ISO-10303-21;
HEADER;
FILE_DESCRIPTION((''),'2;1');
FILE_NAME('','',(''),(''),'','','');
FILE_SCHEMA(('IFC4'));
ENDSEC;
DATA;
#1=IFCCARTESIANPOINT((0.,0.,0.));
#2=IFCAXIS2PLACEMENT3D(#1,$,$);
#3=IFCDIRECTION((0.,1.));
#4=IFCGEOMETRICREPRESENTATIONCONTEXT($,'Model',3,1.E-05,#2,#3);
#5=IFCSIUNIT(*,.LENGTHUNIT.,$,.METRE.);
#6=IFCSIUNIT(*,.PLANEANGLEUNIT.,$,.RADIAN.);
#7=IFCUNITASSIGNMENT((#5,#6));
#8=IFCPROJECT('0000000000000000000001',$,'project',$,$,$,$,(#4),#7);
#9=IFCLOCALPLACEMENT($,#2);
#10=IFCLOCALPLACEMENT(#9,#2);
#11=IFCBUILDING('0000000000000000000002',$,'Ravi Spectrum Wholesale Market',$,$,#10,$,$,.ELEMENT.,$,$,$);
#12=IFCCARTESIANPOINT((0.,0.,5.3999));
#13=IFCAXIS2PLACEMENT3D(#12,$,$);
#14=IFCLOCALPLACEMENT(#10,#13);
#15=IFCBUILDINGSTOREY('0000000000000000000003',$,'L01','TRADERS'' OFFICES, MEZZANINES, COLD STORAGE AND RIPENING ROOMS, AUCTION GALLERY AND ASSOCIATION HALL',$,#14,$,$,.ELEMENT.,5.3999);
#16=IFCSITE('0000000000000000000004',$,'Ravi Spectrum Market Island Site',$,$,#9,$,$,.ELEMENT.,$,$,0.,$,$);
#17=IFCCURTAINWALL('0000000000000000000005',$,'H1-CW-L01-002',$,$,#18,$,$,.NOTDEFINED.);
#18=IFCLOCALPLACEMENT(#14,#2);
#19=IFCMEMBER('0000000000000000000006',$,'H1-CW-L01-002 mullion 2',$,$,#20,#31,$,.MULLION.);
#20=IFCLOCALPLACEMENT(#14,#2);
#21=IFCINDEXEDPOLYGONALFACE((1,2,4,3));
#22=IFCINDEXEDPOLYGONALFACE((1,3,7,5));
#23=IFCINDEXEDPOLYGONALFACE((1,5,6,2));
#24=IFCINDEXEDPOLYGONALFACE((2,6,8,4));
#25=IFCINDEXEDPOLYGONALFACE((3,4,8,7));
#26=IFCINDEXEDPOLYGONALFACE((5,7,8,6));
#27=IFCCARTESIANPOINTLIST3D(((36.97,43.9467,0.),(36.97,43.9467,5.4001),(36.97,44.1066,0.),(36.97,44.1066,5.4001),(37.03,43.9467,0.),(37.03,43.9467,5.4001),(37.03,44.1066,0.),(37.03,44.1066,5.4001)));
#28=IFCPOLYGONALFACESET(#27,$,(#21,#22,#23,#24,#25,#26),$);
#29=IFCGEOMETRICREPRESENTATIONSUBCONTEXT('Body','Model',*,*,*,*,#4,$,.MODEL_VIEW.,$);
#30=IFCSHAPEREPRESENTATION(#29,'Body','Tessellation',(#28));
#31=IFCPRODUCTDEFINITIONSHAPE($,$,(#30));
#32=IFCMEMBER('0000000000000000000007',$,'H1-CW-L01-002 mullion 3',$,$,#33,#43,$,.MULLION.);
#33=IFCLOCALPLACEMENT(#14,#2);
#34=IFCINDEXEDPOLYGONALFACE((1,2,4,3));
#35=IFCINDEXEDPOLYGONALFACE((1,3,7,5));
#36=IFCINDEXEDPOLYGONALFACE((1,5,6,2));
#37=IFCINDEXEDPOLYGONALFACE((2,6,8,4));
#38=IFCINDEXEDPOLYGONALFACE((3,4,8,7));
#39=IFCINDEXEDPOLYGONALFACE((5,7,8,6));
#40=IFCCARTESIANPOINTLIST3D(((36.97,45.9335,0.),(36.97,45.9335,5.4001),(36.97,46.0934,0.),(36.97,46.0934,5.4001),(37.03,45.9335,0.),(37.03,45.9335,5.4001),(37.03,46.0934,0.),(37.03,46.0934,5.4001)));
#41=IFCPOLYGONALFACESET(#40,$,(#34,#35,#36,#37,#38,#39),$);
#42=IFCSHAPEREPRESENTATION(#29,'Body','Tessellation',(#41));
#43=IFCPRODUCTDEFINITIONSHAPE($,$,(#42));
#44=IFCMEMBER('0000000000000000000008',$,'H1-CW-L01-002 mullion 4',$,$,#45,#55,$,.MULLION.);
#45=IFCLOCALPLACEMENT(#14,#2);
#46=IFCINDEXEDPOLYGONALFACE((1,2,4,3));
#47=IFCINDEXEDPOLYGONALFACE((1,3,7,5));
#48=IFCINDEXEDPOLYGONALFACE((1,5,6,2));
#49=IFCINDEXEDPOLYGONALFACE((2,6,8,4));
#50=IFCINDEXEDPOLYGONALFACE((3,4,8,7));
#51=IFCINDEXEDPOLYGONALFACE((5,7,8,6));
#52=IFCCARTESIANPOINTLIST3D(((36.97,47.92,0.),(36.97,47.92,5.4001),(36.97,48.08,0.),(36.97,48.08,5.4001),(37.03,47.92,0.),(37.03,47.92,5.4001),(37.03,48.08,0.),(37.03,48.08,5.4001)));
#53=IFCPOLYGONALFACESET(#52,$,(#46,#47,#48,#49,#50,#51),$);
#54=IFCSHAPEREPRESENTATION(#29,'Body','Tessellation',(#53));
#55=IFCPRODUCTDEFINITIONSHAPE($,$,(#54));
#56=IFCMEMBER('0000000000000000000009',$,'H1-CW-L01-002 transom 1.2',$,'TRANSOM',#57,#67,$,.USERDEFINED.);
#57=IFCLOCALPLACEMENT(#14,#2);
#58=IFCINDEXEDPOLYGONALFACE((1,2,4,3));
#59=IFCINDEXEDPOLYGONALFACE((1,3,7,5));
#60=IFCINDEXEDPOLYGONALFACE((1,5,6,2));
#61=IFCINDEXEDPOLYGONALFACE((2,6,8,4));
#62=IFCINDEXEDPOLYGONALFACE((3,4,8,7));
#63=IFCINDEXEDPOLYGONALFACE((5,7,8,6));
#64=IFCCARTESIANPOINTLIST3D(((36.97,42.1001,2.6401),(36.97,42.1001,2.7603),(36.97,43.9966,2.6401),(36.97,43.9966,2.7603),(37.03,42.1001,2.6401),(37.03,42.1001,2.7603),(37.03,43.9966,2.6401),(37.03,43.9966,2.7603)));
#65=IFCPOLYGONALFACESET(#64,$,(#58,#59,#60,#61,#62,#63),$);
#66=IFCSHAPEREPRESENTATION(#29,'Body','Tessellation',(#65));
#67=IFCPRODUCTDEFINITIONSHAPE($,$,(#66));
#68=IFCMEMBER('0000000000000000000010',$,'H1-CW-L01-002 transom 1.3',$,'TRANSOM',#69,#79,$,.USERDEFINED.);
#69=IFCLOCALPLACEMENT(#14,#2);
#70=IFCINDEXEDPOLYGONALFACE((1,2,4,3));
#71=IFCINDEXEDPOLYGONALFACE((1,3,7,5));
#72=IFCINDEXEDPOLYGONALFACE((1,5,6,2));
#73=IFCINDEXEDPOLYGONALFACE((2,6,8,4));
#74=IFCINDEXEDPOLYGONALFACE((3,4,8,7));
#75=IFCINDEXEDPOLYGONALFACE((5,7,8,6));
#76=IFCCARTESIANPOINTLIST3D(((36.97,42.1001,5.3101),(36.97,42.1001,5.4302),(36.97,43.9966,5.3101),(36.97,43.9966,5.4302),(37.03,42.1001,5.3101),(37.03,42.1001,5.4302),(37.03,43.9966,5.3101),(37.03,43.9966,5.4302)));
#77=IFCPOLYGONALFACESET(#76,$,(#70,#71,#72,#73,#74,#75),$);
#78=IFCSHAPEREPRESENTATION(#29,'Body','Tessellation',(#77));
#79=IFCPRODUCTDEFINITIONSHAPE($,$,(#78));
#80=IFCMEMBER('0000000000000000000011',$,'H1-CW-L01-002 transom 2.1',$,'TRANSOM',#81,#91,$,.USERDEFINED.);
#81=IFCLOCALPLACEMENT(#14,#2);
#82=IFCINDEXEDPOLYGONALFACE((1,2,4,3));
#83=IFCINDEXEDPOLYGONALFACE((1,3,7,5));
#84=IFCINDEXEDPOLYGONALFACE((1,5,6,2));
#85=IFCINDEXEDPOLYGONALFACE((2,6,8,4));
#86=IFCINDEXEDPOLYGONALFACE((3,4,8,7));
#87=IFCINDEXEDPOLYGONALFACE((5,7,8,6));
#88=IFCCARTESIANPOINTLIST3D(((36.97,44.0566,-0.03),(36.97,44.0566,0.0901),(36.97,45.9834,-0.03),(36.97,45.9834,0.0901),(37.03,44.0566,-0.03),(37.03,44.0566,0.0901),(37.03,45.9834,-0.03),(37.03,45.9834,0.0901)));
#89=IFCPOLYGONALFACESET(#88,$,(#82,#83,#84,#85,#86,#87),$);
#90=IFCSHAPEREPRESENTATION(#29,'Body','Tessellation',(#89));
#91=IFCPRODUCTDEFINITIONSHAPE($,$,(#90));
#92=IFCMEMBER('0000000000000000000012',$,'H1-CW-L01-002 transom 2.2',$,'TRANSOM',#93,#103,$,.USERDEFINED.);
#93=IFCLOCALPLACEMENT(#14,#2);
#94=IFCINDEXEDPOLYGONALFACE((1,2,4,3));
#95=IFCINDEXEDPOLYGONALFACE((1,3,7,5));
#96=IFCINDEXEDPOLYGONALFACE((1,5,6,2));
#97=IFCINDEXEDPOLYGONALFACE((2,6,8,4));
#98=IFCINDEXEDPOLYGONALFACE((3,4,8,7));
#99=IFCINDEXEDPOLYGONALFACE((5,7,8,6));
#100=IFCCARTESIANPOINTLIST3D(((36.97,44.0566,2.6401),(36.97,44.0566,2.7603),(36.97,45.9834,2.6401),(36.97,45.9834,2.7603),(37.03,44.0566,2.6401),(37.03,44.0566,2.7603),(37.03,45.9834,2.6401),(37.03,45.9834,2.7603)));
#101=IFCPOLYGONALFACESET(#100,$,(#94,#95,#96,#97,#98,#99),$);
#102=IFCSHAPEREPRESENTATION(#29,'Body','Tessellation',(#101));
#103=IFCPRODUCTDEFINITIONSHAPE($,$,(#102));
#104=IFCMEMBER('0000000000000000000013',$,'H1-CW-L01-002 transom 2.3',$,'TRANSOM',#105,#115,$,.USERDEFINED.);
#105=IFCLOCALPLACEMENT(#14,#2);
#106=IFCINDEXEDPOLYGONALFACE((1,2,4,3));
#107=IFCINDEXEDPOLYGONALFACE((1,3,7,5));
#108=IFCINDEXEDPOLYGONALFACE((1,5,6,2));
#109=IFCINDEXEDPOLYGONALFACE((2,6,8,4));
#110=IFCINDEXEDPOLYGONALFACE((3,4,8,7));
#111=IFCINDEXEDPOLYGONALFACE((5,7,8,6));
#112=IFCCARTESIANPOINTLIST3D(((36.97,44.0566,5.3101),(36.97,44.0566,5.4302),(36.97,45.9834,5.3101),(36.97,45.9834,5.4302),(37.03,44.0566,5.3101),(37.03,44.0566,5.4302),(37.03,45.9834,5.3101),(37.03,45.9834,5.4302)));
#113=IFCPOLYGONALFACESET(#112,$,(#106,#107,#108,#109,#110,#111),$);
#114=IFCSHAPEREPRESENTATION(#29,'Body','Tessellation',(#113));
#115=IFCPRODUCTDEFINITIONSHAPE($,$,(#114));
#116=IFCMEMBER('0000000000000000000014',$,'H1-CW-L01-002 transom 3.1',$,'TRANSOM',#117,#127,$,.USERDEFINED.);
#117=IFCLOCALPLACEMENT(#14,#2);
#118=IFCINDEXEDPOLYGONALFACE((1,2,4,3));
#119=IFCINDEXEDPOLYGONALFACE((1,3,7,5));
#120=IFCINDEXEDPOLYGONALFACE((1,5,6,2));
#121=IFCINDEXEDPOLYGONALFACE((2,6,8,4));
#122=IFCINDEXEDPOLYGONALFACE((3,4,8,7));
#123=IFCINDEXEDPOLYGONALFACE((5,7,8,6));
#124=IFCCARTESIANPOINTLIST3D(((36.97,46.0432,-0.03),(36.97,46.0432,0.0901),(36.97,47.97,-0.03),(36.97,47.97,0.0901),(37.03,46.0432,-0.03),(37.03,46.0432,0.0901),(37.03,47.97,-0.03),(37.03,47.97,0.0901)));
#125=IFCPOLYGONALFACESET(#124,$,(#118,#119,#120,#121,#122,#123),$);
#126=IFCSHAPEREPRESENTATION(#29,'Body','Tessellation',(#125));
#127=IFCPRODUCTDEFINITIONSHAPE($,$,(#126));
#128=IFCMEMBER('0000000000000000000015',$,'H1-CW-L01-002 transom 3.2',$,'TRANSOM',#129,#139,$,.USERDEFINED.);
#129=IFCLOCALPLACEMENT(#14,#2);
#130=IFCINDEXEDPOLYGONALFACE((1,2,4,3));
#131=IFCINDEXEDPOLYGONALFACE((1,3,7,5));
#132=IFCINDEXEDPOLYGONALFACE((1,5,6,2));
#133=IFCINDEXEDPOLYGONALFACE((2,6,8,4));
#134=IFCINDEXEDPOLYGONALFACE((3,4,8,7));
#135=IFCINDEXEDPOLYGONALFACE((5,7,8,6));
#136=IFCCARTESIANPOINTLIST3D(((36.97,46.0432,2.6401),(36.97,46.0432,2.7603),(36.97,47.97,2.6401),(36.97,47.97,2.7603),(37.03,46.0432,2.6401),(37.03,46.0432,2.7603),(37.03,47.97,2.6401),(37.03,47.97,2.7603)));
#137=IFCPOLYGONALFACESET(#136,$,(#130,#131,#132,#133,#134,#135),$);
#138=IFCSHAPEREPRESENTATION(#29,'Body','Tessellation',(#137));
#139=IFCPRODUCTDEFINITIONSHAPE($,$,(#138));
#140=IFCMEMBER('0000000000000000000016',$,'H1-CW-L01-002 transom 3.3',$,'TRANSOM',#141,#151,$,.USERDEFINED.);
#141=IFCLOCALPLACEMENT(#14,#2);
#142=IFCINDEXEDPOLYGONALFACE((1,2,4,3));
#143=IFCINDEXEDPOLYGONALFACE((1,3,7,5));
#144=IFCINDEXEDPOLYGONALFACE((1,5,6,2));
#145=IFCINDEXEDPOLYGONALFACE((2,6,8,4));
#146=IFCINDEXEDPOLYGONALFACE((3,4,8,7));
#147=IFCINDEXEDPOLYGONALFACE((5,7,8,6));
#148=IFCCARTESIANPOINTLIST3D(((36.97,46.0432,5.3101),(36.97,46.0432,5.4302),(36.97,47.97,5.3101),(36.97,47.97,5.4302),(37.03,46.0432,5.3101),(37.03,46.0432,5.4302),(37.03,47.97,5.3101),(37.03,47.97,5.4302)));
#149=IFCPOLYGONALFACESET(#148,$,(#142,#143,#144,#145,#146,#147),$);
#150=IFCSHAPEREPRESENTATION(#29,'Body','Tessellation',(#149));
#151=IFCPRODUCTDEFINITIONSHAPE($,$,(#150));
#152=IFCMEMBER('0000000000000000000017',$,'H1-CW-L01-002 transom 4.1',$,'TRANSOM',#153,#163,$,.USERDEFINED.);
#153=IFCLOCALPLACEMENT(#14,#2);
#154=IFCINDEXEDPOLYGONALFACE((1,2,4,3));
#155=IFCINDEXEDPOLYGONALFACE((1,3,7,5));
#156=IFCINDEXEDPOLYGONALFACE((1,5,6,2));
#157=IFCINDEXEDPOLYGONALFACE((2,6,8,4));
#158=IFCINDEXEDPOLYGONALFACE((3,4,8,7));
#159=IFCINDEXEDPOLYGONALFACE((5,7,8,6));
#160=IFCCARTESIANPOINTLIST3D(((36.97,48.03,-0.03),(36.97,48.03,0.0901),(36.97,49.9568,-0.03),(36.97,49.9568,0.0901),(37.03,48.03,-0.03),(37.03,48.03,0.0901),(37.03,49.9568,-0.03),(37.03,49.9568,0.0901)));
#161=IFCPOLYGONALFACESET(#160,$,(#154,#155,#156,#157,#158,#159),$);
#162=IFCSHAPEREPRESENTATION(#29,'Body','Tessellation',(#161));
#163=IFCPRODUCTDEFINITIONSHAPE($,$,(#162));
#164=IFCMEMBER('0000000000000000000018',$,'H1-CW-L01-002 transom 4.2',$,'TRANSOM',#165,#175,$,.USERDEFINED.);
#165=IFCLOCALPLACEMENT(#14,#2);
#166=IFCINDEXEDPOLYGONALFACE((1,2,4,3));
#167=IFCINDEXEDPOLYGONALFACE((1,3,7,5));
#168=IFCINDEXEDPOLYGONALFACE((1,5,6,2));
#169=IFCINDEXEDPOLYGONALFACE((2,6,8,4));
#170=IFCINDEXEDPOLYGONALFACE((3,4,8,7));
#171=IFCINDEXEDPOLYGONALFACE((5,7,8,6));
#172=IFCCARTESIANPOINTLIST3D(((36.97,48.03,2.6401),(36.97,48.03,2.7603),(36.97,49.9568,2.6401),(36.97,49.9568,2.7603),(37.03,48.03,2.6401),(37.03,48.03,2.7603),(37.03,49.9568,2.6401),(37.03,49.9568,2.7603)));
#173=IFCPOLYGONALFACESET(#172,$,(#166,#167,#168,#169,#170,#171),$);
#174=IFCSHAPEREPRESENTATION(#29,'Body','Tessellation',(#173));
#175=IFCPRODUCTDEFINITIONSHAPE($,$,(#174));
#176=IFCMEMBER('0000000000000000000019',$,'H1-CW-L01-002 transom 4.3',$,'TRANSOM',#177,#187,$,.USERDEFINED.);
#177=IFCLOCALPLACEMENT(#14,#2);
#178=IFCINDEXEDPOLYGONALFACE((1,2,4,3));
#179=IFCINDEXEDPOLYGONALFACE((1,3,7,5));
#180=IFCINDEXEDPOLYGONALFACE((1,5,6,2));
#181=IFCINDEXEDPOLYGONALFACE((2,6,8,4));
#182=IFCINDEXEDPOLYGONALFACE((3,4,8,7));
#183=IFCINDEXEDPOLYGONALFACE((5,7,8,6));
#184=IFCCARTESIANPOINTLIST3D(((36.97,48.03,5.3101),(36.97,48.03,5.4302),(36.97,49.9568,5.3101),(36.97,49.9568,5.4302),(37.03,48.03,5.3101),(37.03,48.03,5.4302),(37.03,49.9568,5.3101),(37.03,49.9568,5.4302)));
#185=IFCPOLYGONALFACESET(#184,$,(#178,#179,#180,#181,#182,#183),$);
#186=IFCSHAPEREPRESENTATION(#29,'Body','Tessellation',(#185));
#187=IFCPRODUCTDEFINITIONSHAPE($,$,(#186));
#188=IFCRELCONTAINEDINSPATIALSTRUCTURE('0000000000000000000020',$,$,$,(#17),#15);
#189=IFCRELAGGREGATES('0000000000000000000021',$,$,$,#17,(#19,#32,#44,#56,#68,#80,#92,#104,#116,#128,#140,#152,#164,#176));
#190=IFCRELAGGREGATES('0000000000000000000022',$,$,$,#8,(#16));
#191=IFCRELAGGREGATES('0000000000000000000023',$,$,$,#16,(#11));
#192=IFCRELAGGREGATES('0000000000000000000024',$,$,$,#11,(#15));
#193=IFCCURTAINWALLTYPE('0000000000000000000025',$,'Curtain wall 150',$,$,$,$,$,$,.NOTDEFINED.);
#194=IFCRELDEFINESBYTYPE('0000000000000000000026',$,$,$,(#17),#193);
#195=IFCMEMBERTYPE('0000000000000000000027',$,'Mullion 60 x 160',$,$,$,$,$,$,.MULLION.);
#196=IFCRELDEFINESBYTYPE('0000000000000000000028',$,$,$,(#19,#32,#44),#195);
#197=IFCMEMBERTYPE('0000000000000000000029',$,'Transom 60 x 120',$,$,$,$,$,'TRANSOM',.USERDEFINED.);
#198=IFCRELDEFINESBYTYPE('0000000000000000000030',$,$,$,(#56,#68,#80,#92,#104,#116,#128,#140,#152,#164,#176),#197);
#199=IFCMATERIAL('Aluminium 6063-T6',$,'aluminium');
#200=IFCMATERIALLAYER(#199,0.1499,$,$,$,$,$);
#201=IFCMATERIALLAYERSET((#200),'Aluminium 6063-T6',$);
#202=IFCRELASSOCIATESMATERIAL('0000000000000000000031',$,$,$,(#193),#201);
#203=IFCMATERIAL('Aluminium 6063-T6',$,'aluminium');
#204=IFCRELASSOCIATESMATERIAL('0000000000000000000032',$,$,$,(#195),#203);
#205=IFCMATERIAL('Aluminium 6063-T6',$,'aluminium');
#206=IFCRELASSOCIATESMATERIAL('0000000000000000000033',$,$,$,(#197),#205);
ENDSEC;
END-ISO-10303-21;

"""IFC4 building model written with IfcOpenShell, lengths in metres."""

from ifc_helpers import new_model, si_unit, direction, frame, origin, origin_2d, place, context, subcontext, project, spatial, rectangle, extrude, material, layer, layer_set, material_profile, profile_set, type_object, element, aggregate, save


model = new_model("IFC4")

# Units and contexts
model_context = context("Model", 3, precision=1e-05, world=origin(), true_north=direction((0.0, 1.0)))
body_context = subcontext(model_context, "Body", "Model", "MODEL_VIEW")
ifc_project = project(units=[si_unit("LENGTHUNIT", "METRE"), si_unit("PLANEANGLEUNIT", "RADIAN")], contexts=[model_context])

# Site, building, storey
site_placement = place(None, origin())
site = spatial("IfcSite", under=ifc_project, at=site_placement, Name="Ravi Spectrum Market Island Site", CompositionType="ELEMENT", RefElevation=0.0)
building_placement = place(site_placement, origin())
building = spatial("IfcBuilding", under=site, at=building_placement, Name="Ravi Spectrum Wholesale Market", CompositionType="ELEMENT")
storey_placement = place(building_placement, frame((0.0, 0.0, 5.3999)))
storey = spatial("IfcBuildingStorey", under=building, at=storey_placement, Name="L01", Description="TRADERS' OFFICES, MEZZANINES, COLD STORAGE AND RIPENING ROOMS, AUCTION GALLERY AND ASSOCIATION HALL", CompositionType="ELEMENT", Elevation=5.3999)

# Curtain wall, members
ifc_material_1 = material(Name="Aluminium 6063-T6", Category="aluminium")
ifc_layer_1 = layer(ifc_material_1, 0.1499)
ifc_layer_set_1 = layer_set([ifc_layer_1], Name="Aluminium 6063-T6")
curtain_wall_type = type_object("IfcCurtainWallType", Name="Curtain wall 150", PredefinedType="NOTDEFINED", material=ifc_layer_set_1)
curtain_wall_placement = place(storey_placement, origin())
curtain_wall = element("IfcCurtainWall", 1, at=curtain_wall_placement, inside=storey, type_object=curtain_wall_type, Name="H1-CW-L01-002", PredefinedType="NOTDEFINED")
ifc_material_2 = material(Name="Aluminium 6063-T6", Category="aluminium")
ifc_material_profile_1 = material_profile(ifc_material_2, rectangle(XDim=0.0601, YDim=0.1599, at=origin_2d()))
ifc_profile_set_1 = profile_set([ifc_material_profile_1], Name="Aluminium 6063-T6")
member_type_1 = type_object("IfcMemberType", Name="Mullion 60 x 160", PredefinedType="MULLION", material=ifc_profile_set_1)
member_1_placement = place(storey_placement, frame((37.0, 44.0266, 0.0), z_axis=(0.0, 0.0, 1.0), x_axis=(-1.0, 0.0, 0.0)))
member_1 = element("IfcMember", 2, at=member_1_placement, type_object=member_type_1, Name="H1-CW-L01-002 mullion 2", PredefinedType="MULLION", context=body_context, shape_type="SweptSolid", body=[
    extrude(rectangle(XDim=0.0601, YDim=0.1599, at=origin_2d()), origin(), (0.0, 0.0, 1.0), 5.4001),
])
member_2_placement = place(storey_placement, frame((37.0, 46.0134, 0.0), z_axis=(0.0, 0.0, 1.0), x_axis=(-1.0, 0.0, 0.0)))
member_2 = element("IfcMember", 3, at=member_2_placement, type_object=member_type_1, Name="H1-CW-L01-002 mullion 3", PredefinedType="MULLION", context=body_context, shape_type="SweptSolid", body=[
    extrude(rectangle(XDim=0.0601, YDim=0.1599, at=origin_2d()), origin(), (0.0, 0.0, 1.0), 5.4001),
])
member_3_placement = place(storey_placement, frame((37.0, 48.0, 0.0), z_axis=(0.0, 0.0, 1.0), x_axis=(-1.0, 0.0, 0.0)))
member_3 = element("IfcMember", 4, at=member_3_placement, type_object=member_type_1, Name="H1-CW-L01-002 mullion 4", PredefinedType="MULLION", context=body_context, shape_type="SweptSolid", body=[
    extrude(rectangle(XDim=0.0601, YDim=0.1599, at=origin_2d()), origin(), (0.0, 0.0, 1.0), 5.4001),
])
ifc_material_3 = material(Name="Aluminium 6063-T6", Category="aluminium")
ifc_material_profile_2 = material_profile(ifc_material_3, rectangle(XDim=0.0601, YDim=0.1201, at=origin_2d()))
ifc_profile_set_2 = profile_set([ifc_material_profile_2], Name="Aluminium 6063-T6")
member_type_2 = type_object("IfcMemberType", Name="Transom 60 x 120", ElementType="TRANSOM", PredefinedType="USERDEFINED", material=ifc_profile_set_2)
member_4_placement = place(storey_placement, frame((37.0, 42.1001, 2.7002), z_axis=(0.0, 1.0, 0.0), x_axis=(-1.0, 0.0, 0.0)))
member_4 = element("IfcMember", 5, at=member_4_placement, type_object=member_type_2, Name="H1-CW-L01-002 transom 1.2", ObjectType="TRANSOM", PredefinedType="USERDEFINED", context=body_context, shape_type="SweptSolid", body=[
    extrude(rectangle(XDim=0.0601, YDim=0.1201, at=origin_2d()), origin(), (0.0, 0.0, 1.0), 1.8965),
])
member_5_placement = place(storey_placement, frame((37.0, 42.1001, 5.3701), z_axis=(0.0, 1.0, 0.0), x_axis=(-1.0, 0.0, 0.0)))
member_5 = element("IfcMember", 6, at=member_5_placement, type_object=member_type_2, Name="H1-CW-L01-002 transom 1.3", ObjectType="TRANSOM", PredefinedType="USERDEFINED", context=body_context, shape_type="SweptSolid", body=[
    extrude(rectangle(XDim=0.0601, YDim=0.1201, at=origin_2d()), origin(), (0.0, 0.0, 1.0), 1.8965),
])
member_6_placement = place(storey_placement, frame((37.0, 44.0566, 0.03), z_axis=(0.0, 1.0, 0.0), x_axis=(-1.0, 0.0, 0.0)))
member_6 = element("IfcMember", 7, at=member_6_placement, type_object=member_type_2, Name="H1-CW-L01-002 transom 2.1", ObjectType="TRANSOM", PredefinedType="USERDEFINED", context=body_context, shape_type="SweptSolid", body=[
    extrude(rectangle(XDim=0.0601, YDim=0.1201, at=origin_2d()), origin(), (0.0, 0.0, 1.0), 1.9268),
])
member_7_placement = place(storey_placement, frame((37.0, 44.0566, 2.7002), z_axis=(0.0, 1.0, 0.0), x_axis=(-1.0, 0.0, 0.0)))
member_7 = element("IfcMember", 8, at=member_7_placement, type_object=member_type_2, Name="H1-CW-L01-002 transom 2.2", ObjectType="TRANSOM", PredefinedType="USERDEFINED", context=body_context, shape_type="SweptSolid", body=[
    extrude(rectangle(XDim=0.0601, YDim=0.1201, at=origin_2d()), origin(), (0.0, 0.0, 1.0), 1.9268),
])
member_8_placement = place(storey_placement, frame((37.0, 44.0566, 5.3701), z_axis=(0.0, 1.0, 0.0), x_axis=(-1.0, 0.0, 0.0)))
member_8 = element("IfcMember", 9, at=member_8_placement, type_object=member_type_2, Name="H1-CW-L01-002 transom 2.3", ObjectType="TRANSOM", PredefinedType="USERDEFINED", context=body_context, shape_type="SweptSolid", body=[
    extrude(rectangle(XDim=0.0601, YDim=0.1201, at=origin_2d()), origin(), (0.0, 0.0, 1.0), 1.9268),
])
member_9_placement = place(storey_placement, frame((37.0, 46.0432, 0.03), z_axis=(0.0, 1.0, 0.0), x_axis=(-1.0, 0.0, 0.0)))
member_9 = element("IfcMember", 10, at=member_9_placement, type_object=member_type_2, Name="H1-CW-L01-002 transom 3.1", ObjectType="TRANSOM", PredefinedType="USERDEFINED", context=body_context, shape_type="SweptSolid", body=[
    extrude(rectangle(XDim=0.0601, YDim=0.1201, at=origin_2d()), origin(), (0.0, 0.0, 1.0), 1.9268),
])
member_10_placement = place(storey_placement, frame((37.0, 46.0432, 2.7002), z_axis=(0.0, 1.0, 0.0), x_axis=(-1.0, 0.0, 0.0)))
member_10 = element("IfcMember", 11, at=member_10_placement, type_object=member_type_2, Name="H1-CW-L01-002 transom 3.2", ObjectType="TRANSOM", PredefinedType="USERDEFINED", context=body_context, shape_type="SweptSolid", body=[
    extrude(rectangle(XDim=0.0601, YDim=0.1201, at=origin_2d()), origin(), (0.0, 0.0, 1.0), 1.9268),
])
member_11_placement = place(storey_placement, frame((37.0, 46.0432, 5.3701), z_axis=(0.0, 1.0, 0.0), x_axis=(-1.0, 0.0, 0.0)))
member_11 = element("IfcMember", 12, at=member_11_placement, type_object=member_type_2, Name="H1-CW-L01-002 transom 3.3", ObjectType="TRANSOM", PredefinedType="USERDEFINED", context=body_context, shape_type="SweptSolid", body=[
    extrude(rectangle(XDim=0.0601, YDim=0.1201, at=origin_2d()), origin(), (0.0, 0.0, 1.0), 1.9268),
])
member_12_placement = place(storey_placement, frame((37.0, 48.03, 0.03), z_axis=(0.0, 1.0, 0.0), x_axis=(-1.0, 0.0, 0.0)))
member_12 = element("IfcMember", 13, at=member_12_placement, type_object=member_type_2, Name="H1-CW-L01-002 transom 4.1", ObjectType="TRANSOM", PredefinedType="USERDEFINED", context=body_context, shape_type="SweptSolid", body=[
    extrude(rectangle(XDim=0.0601, YDim=0.1201, at=origin_2d()), origin(), (0.0, 0.0, 1.0), 1.9268),
])
member_13_placement = place(storey_placement, frame((37.0, 48.03, 2.7002), z_axis=(0.0, 1.0, 0.0), x_axis=(-1.0, 0.0, 0.0)))
member_13 = element("IfcMember", 14, at=member_13_placement, type_object=member_type_2, Name="H1-CW-L01-002 transom 4.2", ObjectType="TRANSOM", PredefinedType="USERDEFINED", context=body_context, shape_type="SweptSolid", body=[
    extrude(rectangle(XDim=0.0601, YDim=0.1201, at=origin_2d()), origin(), (0.0, 0.0, 1.0), 1.9268),
])
member_14_placement = place(storey_placement, frame((37.0, 48.03, 5.3701), z_axis=(0.0, 1.0, 0.0), x_axis=(-1.0, 0.0, 0.0)))
member_14 = element("IfcMember", 15, at=member_14_placement, type_object=member_type_2, Name="H1-CW-L01-002 transom 4.3", ObjectType="TRANSOM", PredefinedType="USERDEFINED", context=body_context, shape_type="SweptSolid", body=[
    extrude(rectangle(XDim=0.0601, YDim=0.1201, at=origin_2d()), origin(), (0.0, 0.0, 1.0), 1.9268),
])
aggregate(curtain_wall, [member_1, member_2, member_3, member_4, member_5, member_6, member_7, member_8, member_9, member_10, member_11, member_12, member_13, member_14])

save(model, "model.ifc")
